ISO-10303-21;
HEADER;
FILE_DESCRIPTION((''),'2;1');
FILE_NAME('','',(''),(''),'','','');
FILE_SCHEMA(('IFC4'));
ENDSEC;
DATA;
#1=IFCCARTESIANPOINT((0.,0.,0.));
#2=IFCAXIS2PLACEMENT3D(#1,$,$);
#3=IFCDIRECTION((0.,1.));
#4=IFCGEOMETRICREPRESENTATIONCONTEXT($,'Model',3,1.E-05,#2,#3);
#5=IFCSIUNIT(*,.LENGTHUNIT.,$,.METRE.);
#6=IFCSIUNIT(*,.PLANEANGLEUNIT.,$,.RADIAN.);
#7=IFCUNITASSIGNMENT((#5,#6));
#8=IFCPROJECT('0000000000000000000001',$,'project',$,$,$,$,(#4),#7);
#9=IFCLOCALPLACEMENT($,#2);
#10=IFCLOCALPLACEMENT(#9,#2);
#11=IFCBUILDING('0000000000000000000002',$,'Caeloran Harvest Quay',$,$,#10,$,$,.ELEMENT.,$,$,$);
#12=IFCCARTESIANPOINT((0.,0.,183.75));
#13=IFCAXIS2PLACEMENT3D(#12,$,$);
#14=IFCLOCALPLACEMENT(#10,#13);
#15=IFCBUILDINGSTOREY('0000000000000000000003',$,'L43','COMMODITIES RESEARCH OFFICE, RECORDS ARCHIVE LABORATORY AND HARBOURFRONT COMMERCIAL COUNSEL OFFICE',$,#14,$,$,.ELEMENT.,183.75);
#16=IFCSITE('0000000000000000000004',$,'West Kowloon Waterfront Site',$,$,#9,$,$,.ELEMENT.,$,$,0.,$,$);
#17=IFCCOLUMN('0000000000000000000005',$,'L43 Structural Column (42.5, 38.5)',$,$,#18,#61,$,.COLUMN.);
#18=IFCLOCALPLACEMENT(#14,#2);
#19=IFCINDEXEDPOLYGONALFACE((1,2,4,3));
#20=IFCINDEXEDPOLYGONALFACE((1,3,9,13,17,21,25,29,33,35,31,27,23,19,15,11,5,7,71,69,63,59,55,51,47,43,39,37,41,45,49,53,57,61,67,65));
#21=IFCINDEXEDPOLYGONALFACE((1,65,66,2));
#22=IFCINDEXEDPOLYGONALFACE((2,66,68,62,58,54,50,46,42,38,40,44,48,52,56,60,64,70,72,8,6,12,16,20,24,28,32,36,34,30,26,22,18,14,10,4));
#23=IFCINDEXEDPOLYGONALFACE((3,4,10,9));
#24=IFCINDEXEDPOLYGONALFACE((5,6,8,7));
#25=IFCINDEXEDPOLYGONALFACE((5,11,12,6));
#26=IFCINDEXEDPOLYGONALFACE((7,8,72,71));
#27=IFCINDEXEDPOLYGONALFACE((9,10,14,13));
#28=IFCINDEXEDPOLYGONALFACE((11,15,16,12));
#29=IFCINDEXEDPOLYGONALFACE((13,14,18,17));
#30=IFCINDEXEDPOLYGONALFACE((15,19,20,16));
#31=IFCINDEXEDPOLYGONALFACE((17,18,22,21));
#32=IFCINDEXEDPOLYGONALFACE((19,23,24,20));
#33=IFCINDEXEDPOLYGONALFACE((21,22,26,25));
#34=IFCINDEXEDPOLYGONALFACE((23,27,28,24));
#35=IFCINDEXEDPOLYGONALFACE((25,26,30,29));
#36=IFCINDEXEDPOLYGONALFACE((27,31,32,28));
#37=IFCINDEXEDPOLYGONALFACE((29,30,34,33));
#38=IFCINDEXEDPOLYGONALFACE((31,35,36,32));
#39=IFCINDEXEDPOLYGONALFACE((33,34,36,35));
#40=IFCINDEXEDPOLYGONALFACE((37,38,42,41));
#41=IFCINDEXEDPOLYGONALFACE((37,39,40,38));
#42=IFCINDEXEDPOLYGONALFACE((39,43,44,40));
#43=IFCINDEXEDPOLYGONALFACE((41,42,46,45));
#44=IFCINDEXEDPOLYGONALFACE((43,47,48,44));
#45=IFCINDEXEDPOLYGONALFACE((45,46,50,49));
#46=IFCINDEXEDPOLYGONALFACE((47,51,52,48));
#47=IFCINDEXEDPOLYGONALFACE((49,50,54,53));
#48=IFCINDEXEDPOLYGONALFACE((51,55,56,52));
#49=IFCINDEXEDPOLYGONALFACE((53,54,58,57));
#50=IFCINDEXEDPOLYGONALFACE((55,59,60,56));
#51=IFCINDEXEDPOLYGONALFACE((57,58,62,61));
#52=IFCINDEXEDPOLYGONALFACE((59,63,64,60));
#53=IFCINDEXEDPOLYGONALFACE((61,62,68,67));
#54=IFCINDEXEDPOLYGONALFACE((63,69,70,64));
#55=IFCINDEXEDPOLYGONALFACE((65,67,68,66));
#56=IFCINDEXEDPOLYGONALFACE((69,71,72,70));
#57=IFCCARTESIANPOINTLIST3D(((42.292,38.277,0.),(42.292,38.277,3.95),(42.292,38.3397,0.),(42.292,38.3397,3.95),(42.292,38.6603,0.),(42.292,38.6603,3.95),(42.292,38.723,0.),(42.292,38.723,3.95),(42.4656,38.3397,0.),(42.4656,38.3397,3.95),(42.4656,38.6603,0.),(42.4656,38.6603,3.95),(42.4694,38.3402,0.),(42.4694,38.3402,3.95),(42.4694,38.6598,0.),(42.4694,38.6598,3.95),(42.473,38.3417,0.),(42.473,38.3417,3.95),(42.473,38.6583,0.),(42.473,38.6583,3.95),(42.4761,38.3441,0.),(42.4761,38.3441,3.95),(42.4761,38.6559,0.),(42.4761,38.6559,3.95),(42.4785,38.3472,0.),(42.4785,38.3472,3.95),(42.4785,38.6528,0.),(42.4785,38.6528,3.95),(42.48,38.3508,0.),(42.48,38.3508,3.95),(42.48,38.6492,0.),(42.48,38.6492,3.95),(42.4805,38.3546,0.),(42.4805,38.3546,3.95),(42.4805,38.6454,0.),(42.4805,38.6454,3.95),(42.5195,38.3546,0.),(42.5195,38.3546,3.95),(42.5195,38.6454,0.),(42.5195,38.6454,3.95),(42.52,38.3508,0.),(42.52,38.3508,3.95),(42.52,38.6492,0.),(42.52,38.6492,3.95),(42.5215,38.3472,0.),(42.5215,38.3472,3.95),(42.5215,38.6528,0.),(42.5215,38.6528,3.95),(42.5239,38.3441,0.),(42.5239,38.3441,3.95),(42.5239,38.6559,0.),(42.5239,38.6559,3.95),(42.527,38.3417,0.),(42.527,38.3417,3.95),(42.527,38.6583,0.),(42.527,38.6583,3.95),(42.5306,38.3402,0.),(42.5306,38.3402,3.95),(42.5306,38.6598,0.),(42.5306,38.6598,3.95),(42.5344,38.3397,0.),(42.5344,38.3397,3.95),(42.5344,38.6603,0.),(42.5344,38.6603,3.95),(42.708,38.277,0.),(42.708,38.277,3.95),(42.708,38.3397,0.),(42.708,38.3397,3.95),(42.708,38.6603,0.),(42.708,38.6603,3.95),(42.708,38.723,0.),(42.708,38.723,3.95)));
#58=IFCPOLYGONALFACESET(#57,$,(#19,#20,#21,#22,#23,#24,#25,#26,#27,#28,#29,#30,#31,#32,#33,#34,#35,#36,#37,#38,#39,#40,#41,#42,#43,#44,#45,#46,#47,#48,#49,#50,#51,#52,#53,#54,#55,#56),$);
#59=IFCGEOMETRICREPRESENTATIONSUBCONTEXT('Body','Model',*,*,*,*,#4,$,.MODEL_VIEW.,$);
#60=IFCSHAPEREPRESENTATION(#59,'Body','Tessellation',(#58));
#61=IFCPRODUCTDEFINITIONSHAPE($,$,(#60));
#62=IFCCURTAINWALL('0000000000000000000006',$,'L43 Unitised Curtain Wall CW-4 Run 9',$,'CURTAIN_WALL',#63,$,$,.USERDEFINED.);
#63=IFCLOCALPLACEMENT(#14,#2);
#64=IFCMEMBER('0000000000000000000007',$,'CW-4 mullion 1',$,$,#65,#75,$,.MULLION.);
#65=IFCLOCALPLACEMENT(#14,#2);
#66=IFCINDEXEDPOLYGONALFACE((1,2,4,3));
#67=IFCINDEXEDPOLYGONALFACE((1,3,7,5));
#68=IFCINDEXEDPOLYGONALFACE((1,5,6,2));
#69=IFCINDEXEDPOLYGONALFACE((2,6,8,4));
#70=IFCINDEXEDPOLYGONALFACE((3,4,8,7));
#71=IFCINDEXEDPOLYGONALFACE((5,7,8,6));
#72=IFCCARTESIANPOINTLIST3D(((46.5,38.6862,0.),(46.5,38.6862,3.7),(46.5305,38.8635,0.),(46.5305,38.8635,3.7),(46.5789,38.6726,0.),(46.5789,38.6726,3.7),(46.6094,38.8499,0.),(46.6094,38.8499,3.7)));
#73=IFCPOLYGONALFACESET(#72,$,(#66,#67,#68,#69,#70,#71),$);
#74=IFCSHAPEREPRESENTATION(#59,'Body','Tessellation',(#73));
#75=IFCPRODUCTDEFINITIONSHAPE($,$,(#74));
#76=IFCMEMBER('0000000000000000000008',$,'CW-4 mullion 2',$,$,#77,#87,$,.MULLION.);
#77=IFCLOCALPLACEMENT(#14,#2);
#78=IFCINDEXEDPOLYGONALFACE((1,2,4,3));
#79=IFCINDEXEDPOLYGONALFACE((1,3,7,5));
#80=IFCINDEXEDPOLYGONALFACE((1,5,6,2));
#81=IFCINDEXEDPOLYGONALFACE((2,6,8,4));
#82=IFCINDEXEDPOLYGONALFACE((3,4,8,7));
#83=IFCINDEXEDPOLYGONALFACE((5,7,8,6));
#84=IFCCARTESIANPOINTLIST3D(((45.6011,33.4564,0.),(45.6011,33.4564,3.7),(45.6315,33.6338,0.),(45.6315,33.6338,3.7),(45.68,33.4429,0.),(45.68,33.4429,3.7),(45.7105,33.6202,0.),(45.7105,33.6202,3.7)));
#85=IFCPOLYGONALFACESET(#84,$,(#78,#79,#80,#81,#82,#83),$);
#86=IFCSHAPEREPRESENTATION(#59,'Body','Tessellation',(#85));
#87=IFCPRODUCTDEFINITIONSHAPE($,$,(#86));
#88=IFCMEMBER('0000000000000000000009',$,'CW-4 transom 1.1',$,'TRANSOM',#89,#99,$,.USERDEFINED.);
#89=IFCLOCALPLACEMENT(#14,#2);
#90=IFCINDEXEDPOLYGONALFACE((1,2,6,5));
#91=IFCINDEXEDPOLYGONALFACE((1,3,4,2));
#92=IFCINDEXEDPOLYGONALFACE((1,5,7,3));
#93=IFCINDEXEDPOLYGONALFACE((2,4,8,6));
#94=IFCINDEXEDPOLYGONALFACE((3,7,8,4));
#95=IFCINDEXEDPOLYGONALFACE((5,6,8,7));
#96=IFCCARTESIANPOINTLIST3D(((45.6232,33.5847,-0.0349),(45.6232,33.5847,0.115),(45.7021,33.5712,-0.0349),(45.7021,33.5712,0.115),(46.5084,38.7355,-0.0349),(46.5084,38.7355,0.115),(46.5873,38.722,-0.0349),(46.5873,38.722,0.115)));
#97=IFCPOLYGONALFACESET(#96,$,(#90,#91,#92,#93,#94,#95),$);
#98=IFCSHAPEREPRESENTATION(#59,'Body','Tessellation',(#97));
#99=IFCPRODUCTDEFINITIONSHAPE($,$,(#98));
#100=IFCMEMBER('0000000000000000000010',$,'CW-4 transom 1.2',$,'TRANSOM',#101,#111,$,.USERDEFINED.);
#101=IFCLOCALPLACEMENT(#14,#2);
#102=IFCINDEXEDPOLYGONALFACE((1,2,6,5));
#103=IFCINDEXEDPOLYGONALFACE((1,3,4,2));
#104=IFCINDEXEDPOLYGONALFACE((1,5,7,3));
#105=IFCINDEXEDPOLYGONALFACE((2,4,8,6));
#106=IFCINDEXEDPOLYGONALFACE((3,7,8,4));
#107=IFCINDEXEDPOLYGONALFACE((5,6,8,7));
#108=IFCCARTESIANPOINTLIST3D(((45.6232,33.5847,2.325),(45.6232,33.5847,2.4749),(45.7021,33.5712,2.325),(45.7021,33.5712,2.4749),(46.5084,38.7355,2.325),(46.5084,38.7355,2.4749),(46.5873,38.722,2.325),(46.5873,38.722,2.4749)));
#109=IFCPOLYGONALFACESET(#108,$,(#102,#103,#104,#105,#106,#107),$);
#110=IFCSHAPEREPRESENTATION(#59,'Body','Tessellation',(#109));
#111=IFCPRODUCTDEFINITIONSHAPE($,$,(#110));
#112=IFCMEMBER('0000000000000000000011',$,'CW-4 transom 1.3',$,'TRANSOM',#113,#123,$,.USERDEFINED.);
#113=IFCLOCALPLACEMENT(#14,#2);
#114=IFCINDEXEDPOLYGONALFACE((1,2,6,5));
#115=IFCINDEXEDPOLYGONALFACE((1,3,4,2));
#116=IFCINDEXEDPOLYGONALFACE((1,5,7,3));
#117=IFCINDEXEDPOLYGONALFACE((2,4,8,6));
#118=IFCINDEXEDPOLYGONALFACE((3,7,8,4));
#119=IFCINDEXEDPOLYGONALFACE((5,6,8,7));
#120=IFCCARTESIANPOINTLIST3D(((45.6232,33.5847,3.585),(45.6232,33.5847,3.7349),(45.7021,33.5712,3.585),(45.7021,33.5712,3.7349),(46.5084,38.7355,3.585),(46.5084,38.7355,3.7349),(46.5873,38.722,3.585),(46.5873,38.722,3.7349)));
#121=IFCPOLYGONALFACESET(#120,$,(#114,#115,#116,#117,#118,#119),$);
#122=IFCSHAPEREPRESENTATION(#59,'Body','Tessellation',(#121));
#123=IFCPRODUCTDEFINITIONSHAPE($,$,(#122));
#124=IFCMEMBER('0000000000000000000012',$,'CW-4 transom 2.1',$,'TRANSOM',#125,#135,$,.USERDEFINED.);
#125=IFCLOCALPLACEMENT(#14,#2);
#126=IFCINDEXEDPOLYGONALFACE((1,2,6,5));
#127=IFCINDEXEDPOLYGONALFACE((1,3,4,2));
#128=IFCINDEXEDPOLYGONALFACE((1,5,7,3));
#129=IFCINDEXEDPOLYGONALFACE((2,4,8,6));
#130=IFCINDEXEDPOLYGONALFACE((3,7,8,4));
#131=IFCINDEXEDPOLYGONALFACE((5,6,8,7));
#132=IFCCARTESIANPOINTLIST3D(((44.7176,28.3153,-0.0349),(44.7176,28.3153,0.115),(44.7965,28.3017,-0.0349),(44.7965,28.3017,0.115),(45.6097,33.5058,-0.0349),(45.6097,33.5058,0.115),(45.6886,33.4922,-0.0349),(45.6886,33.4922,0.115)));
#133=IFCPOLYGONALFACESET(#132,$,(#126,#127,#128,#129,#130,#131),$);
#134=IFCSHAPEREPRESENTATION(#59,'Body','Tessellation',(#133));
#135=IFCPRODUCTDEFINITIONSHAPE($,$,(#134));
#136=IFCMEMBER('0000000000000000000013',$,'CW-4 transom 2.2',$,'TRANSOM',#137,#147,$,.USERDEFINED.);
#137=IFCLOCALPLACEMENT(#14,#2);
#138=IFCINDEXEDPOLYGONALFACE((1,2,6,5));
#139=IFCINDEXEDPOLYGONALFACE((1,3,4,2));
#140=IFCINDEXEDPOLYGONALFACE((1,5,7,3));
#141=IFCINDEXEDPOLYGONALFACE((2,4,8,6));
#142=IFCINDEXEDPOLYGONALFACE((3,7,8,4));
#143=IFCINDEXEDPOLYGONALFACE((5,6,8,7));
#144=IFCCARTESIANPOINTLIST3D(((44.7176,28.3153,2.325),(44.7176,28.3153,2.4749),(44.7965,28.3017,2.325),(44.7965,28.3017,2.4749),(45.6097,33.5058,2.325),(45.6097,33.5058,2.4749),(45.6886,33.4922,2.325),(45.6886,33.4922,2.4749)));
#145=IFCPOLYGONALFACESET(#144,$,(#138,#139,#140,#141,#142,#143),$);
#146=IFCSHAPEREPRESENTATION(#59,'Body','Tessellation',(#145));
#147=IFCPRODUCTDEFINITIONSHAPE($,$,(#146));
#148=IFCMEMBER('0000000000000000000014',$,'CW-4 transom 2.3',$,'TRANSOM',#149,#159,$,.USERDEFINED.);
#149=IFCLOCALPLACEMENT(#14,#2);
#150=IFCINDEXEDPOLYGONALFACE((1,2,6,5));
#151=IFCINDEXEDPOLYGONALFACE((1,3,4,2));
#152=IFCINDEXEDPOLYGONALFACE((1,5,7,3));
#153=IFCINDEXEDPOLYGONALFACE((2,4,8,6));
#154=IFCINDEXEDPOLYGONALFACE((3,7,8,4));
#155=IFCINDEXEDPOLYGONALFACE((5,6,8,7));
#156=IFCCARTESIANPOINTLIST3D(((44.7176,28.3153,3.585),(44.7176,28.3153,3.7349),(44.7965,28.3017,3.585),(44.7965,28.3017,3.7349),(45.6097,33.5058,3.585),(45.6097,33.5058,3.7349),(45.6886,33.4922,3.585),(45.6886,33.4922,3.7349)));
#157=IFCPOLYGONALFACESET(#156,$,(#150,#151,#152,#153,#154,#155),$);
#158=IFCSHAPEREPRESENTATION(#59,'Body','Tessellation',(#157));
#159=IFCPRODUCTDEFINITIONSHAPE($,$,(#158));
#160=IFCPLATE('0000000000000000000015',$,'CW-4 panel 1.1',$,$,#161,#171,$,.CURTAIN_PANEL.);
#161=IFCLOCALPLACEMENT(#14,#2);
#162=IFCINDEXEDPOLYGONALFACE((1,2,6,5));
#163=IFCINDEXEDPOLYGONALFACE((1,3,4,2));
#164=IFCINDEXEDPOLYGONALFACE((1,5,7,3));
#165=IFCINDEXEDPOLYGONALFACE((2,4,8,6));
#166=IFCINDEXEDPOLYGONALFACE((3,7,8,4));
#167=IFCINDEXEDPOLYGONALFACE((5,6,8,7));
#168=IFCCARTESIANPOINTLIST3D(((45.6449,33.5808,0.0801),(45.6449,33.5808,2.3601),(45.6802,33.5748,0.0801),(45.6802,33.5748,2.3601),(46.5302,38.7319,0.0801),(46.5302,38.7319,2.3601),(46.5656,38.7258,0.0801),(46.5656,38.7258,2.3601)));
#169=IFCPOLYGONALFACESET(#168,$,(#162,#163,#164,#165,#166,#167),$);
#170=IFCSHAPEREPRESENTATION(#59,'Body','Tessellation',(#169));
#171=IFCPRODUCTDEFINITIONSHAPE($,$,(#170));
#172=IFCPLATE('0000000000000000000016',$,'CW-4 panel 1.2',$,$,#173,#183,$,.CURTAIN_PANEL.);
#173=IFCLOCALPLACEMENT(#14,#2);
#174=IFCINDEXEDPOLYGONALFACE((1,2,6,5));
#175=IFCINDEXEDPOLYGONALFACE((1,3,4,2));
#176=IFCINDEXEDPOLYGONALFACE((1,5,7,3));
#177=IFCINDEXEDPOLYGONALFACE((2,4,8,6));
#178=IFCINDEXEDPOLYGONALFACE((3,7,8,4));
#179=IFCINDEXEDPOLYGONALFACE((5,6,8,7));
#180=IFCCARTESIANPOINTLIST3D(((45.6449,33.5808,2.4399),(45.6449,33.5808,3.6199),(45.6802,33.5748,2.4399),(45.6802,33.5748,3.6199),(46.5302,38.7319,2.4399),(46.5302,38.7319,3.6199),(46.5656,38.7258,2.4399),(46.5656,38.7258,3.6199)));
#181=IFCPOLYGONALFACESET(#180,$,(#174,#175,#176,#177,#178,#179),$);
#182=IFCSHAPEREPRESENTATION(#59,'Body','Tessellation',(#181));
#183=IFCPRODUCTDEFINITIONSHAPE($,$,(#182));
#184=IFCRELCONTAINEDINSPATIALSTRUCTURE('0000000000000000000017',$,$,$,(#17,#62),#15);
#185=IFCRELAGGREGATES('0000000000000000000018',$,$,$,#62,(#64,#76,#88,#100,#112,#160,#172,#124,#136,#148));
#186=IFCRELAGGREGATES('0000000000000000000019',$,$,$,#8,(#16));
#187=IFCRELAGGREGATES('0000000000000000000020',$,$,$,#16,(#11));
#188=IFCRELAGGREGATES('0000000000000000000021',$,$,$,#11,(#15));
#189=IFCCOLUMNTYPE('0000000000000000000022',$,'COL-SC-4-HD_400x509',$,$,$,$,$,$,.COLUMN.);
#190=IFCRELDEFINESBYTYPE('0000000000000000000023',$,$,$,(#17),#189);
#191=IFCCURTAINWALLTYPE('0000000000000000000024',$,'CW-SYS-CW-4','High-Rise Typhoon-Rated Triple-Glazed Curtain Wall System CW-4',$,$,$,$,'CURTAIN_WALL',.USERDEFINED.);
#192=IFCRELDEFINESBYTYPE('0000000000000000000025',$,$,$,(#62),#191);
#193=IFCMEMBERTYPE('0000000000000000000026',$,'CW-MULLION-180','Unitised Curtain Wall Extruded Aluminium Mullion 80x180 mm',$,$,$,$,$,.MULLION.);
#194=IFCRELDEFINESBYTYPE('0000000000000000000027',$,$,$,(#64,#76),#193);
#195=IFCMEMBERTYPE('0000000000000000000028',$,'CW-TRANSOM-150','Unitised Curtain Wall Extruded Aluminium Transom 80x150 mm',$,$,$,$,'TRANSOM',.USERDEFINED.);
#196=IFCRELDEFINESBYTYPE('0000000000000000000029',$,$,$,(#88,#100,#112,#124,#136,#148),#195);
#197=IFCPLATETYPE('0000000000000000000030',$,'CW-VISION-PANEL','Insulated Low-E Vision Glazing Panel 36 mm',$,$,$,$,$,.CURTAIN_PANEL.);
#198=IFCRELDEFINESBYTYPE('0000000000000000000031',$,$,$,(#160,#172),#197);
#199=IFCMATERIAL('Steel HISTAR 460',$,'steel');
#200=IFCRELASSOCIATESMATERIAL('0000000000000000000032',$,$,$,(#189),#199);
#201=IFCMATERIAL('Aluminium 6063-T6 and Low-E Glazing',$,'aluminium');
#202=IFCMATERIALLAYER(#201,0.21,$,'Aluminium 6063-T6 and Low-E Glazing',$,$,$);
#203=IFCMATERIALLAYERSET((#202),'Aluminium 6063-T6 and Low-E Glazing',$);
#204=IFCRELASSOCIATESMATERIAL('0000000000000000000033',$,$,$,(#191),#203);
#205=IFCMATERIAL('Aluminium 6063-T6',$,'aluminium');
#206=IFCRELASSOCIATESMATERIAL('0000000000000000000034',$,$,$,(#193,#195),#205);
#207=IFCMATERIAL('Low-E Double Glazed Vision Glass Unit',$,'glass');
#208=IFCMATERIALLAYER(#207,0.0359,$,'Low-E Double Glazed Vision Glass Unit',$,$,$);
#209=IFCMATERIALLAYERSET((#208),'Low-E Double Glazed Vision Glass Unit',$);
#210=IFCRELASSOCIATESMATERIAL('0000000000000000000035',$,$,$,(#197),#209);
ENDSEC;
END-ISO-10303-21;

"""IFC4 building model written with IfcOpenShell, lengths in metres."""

from ifc_helpers import new_model, si_unit, direction, frame, origin, origin_2d, place, context, subcontext, project, spatial, rectangle, i_section, extrude, material, layer, layer_set, material_profile, profile_set, type_object, element, aggregate, save


model = new_model("IFC4")

# Units and contexts
model_context = context("Model", 3, precision=1e-05, world=origin(), true_north=direction((0.0, 1.0)))
body_context = subcontext(model_context, "Body", "Model", "MODEL_VIEW")
ifc_project = project(units=[si_unit("LENGTHUNIT", "METRE"), si_unit("PLANEANGLEUNIT", "RADIAN")], contexts=[model_context])

# Site, building, storey
site_placement = place(None, origin())
site = spatial("IfcSite", under=ifc_project, at=site_placement, Name="West Kowloon Waterfront Site", CompositionType="ELEMENT", RefElevation=0.0)
building_placement = place(site_placement, origin())
building = spatial("IfcBuilding", under=site, at=building_placement, Name="Caeloran Harvest Quay", CompositionType="ELEMENT")
storey_placement = place(building_placement, frame((0.0, 0.0, 183.75)))
storey = spatial("IfcBuildingStorey", under=building, at=storey_placement, Name="L43", Description="COMMODITIES RESEARCH OFFICE, RECORDS ARCHIVE LABORATORY AND HARBOURFRONT COMMERCIAL COUNSEL OFFICE", CompositionType="ELEMENT", Elevation=183.75)

# Column
ifc_material_1 = material(Name="Steel HISTAR 460", Category="steel")
ifc_material_profile_1 = material_profile(ifc_material_1, i_section(OverallWidth=0.416, OverallDepth=0.446, WebThickness=0.0391, FlangeThickness=0.0627, FilletRadius=0.0149, at=origin_2d()), Name="HD 400x509")
ifc_profile_set_1 = profile_set([ifc_material_profile_1], Name="Steel HISTAR 460")
column_type = type_object("IfcColumnType", Name="COL-SC-4-HD_400x509", PredefinedType="COLUMN", material=ifc_profile_set_1)
column_placement = place(storey_placement, frame((42.5, 38.5, 0.0), z_axis=(0.0, 0.0, 1.0), x_axis=(1.0, 0.0, 0.0)))
element("IfcColumn", 1, at=column_placement, inside=storey, type_object=column_type, Name="L43 Structural Column (42.5, 38.5)", PredefinedType="COLUMN", context=body_context, shape_type="SweptSolid", body=[
    extrude(i_section(OverallWidth=0.416, OverallDepth=0.446, WebThickness=0.0391, FlangeThickness=0.0627, FilletRadius=0.0149, at=origin_2d()), origin(), (0.0, 0.0, 1.0), 3.95),
])

# Curtain wall, members, plates
ifc_material_2 = material(Name="Aluminium 6063-T6 and Low-E Glazing", Category="aluminium")
ifc_layer_1 = layer(ifc_material_2, 0.21, Name="Aluminium 6063-T6 and Low-E Glazing")
ifc_layer_set_1 = layer_set([ifc_layer_1], Name="Aluminium 6063-T6 and Low-E Glazing")
curtain_wall_type = type_object("IfcCurtainWallType", Name="CW-SYS-CW-4", Description="High-Rise Typhoon-Rated Triple-Glazed Curtain Wall System CW-4", ElementType="CURTAIN_WALL", PredefinedType="USERDEFINED", material=ifc_layer_set_1)
curtain_wall_placement = place(storey_placement, origin())
curtain_wall = element("IfcCurtainWall", 2, at=curtain_wall_placement, inside=storey, type_object=curtain_wall_type, Name="L43 Unitised Curtain Wall CW-4 Run 9", ObjectType="CURTAIN_WALL", PredefinedType="USERDEFINED")
ifc_material_3 = material(Name="Aluminium 6063-T6", Category="aluminium")
ifc_material_profile_2 = material_profile(ifc_material_3, rectangle(XDim=0.0801, YDim=0.1799, at=origin_2d()), Name="CW-MULLION-180")
ifc_profile_set_2 = profile_set([ifc_material_profile_2], Name="Aluminium 6063-T6")
member_type_1 = type_object("IfcMemberType", Name="CW-MULLION-180", Description="Unitised Curtain Wall Extruded Aluminium Mullion 80x180 mm", PredefinedType="MULLION", material=ifc_profile_set_2)
member_1_placement = place(storey_placement, frame((46.5547, 38.7681, 0.0), z_axis=(0.0, 0.0, 1.0), x_axis=(0.985549, -0.169392, 0.0)))
member_1 = element("IfcMember", 3, at=member_1_placement, type_object=member_type_1, Name="CW-4 mullion 1", PredefinedType="MULLION", context=body_context, shape_type="SweptSolid", body=[
    extrude(rectangle(XDim=0.0801, YDim=0.1799, at=origin_2d()), origin(), (0.0, 0.0, 1.0), 3.7),
])
member_2_placement = place(storey_placement, frame((45.6558, 33.5383, 0.0), z_axis=(0.0, 0.0, 1.0), x_axis=(0.985549, -0.169392, 0.0)))
member_2 = element("IfcMember", 4, at=member_2_placement, type_object=member_type_1, Name="CW-4 mullion 2", PredefinedType="MULLION", context=body_context, shape_type="SweptSolid", body=[
    extrude(rectangle(XDim=0.0801, YDim=0.1799, at=origin_2d()), origin(), (0.0, 0.0, 1.0), 3.7),
])
ifc_material_profile_3 = material_profile(ifc_material_3, rectangle(XDim=0.0801, YDim=0.1499, at=origin_2d()), Name="CW-TRANSOM-150")
ifc_profile_set_3 = profile_set([ifc_material_profile_3], Name="Aluminium 6063-T6")
member_type_2 = type_object("IfcMemberType", Name="CW-TRANSOM-150", Description="Unitised Curtain Wall Extruded Aluminium Transom 80x150 mm", ElementType="TRANSOM", PredefinedType="USERDEFINED", material=ifc_profile_set_3)
member_3_placement = place(storey_placement, frame((46.5479, 38.7288, 0.04), z_axis=(-0.169381, -0.985551, 0.0), x_axis=(0.985551, -0.169381, 0.0)))
member_3 = element("IfcMember", 5, at=member_3_placement, type_object=member_type_2, Name="CW-4 transom 1.1", ObjectType="TRANSOM", PredefinedType="USERDEFINED", context=body_context, shape_type="SweptSolid", body=[
    extrude(rectangle(XDim=0.0801, YDim=0.1499, at=origin_2d()), origin(), (0.0, 0.0, 1.0), 5.2263),
])
member_4_placement = place(storey_placement, frame((46.5479, 38.7288, 2.3999), z_axis=(-0.169381, -0.985551, 0.0), x_axis=(0.985551, -0.169381, 0.0)))
member_4 = element("IfcMember", 6, at=member_4_placement, type_object=member_type_2, Name="CW-4 transom 1.2", ObjectType="TRANSOM", PredefinedType="USERDEFINED", context=body_context, shape_type="SweptSolid", body=[
    extrude(rectangle(XDim=0.0801, YDim=0.1499, at=origin_2d()), origin(), (0.0, 0.0, 1.0), 5.2263),
])
member_5_placement = place(storey_placement, frame((46.5479, 38.7288, 3.6599), z_axis=(-0.169381, -0.985551, 0.0), x_axis=(0.985551, -0.169381, 0.0)))
member_5 = element("IfcMember", 7, at=member_5_placement, type_object=member_type_2, Name="CW-4 transom 1.3", ObjectType="TRANSOM", PredefinedType="USERDEFINED", context=body_context, shape_type="SweptSolid", body=[
    extrude(rectangle(XDim=0.0801, YDim=0.1499, at=origin_2d()), origin(), (0.0, 0.0, 1.0), 5.2263),
])
member_6_placement = place(storey_placement, frame((45.6492, 33.499, 0.04), z_axis=(-0.169388, -0.985549, 0.0), x_axis=(0.985549, -0.169388, 0.0)))
member_6 = element("IfcMember", 8, at=member_6_placement, type_object=member_type_2, Name="CW-4 transom 2.1", ObjectType="TRANSOM", PredefinedType="USERDEFINED", context=body_context, shape_type="SweptSolid", body=[
    extrude(rectangle(XDim=0.0801, YDim=0.1499, at=origin_2d()), origin(), (0.0, 0.0, 1.0), 5.2666),
])
member_7_placement = place(storey_placement, frame((45.6492, 33.499, 2.3999), z_axis=(-0.169388, -0.985549, 0.0), x_axis=(0.985549, -0.169388, 0.0)))
member_7 = element("IfcMember", 9, at=member_7_placement, type_object=member_type_2, Name="CW-4 transom 2.2", ObjectType="TRANSOM", PredefinedType="USERDEFINED", context=body_context, shape_type="SweptSolid", body=[
    extrude(rectangle(XDim=0.0801, YDim=0.1499, at=origin_2d()), origin(), (0.0, 0.0, 1.0), 5.2666),
])
member_8_placement = place(storey_placement, frame((45.6492, 33.499, 3.6599), z_axis=(-0.169388, -0.985549, 0.0), x_axis=(0.985549, -0.169388, 0.0)))
member_8 = element("IfcMember", 10, at=member_8_placement, type_object=member_type_2, Name="CW-4 transom 2.3", ObjectType="TRANSOM", PredefinedType="USERDEFINED", context=body_context, shape_type="SweptSolid", body=[
    extrude(rectangle(XDim=0.0801, YDim=0.1499, at=origin_2d()), origin(), (0.0, 0.0, 1.0), 5.2666),
])
ifc_material_4 = material(Name="Low-E Double Glazed Vision Glass Unit", Category="glass")
ifc_layer_2 = layer(ifc_material_4, 0.0359, Name="Low-E Double Glazed Vision Glass Unit")
ifc_layer_set_2 = layer_set([ifc_layer_2], Name="Low-E Double Glazed Vision Glass Unit")
plate_type = type_object("IfcPlateType", Name="CW-VISION-PANEL", Description="Insulated Low-E Vision Glazing Panel 36 mm", PredefinedType="CURTAIN_PANEL", material=ifc_layer_set_2)
plate_1_placement = place(storey_placement, frame((46.1052, 36.1533, 0.0801), z_axis=(0.0, 0.0, 1.0), x_axis=(-0.169392, -0.985549, 0.0)))
plate_1 = element("IfcPlate", 11, at=plate_1_placement, type_object=plate_type, Name="CW-4 panel 1.1", PredefinedType="CURTAIN_PANEL", context=body_context, shape_type="SweptSolid", body=[
    extrude(rectangle(XDim=5.2266, YDim=0.0359, at=origin_2d()), origin(), (0.0, 0.0, 1.0), 2.28),
])
plate_2_placement = place(storey_placement, frame((46.1052, 36.1533, 2.4399), z_axis=(0.0, 0.0, 1.0), x_axis=(-0.169392, -0.985549, 0.0)))
plate_2 = element("IfcPlate", 12, at=plate_2_placement, type_object=plate_type, Name="CW-4 panel 1.2", PredefinedType="CURTAIN_PANEL", context=body_context, shape_type="SweptSolid", body=[
    extrude(rectangle(XDim=5.2266, YDim=0.0359, at=origin_2d()), origin(), (0.0, 0.0, 1.0), 1.1799),
])
aggregate(curtain_wall, [member_1, member_2, member_3, member_4, member_5, plate_1, plate_2, member_6, member_7, member_8])

save(model, "model.ifc")
